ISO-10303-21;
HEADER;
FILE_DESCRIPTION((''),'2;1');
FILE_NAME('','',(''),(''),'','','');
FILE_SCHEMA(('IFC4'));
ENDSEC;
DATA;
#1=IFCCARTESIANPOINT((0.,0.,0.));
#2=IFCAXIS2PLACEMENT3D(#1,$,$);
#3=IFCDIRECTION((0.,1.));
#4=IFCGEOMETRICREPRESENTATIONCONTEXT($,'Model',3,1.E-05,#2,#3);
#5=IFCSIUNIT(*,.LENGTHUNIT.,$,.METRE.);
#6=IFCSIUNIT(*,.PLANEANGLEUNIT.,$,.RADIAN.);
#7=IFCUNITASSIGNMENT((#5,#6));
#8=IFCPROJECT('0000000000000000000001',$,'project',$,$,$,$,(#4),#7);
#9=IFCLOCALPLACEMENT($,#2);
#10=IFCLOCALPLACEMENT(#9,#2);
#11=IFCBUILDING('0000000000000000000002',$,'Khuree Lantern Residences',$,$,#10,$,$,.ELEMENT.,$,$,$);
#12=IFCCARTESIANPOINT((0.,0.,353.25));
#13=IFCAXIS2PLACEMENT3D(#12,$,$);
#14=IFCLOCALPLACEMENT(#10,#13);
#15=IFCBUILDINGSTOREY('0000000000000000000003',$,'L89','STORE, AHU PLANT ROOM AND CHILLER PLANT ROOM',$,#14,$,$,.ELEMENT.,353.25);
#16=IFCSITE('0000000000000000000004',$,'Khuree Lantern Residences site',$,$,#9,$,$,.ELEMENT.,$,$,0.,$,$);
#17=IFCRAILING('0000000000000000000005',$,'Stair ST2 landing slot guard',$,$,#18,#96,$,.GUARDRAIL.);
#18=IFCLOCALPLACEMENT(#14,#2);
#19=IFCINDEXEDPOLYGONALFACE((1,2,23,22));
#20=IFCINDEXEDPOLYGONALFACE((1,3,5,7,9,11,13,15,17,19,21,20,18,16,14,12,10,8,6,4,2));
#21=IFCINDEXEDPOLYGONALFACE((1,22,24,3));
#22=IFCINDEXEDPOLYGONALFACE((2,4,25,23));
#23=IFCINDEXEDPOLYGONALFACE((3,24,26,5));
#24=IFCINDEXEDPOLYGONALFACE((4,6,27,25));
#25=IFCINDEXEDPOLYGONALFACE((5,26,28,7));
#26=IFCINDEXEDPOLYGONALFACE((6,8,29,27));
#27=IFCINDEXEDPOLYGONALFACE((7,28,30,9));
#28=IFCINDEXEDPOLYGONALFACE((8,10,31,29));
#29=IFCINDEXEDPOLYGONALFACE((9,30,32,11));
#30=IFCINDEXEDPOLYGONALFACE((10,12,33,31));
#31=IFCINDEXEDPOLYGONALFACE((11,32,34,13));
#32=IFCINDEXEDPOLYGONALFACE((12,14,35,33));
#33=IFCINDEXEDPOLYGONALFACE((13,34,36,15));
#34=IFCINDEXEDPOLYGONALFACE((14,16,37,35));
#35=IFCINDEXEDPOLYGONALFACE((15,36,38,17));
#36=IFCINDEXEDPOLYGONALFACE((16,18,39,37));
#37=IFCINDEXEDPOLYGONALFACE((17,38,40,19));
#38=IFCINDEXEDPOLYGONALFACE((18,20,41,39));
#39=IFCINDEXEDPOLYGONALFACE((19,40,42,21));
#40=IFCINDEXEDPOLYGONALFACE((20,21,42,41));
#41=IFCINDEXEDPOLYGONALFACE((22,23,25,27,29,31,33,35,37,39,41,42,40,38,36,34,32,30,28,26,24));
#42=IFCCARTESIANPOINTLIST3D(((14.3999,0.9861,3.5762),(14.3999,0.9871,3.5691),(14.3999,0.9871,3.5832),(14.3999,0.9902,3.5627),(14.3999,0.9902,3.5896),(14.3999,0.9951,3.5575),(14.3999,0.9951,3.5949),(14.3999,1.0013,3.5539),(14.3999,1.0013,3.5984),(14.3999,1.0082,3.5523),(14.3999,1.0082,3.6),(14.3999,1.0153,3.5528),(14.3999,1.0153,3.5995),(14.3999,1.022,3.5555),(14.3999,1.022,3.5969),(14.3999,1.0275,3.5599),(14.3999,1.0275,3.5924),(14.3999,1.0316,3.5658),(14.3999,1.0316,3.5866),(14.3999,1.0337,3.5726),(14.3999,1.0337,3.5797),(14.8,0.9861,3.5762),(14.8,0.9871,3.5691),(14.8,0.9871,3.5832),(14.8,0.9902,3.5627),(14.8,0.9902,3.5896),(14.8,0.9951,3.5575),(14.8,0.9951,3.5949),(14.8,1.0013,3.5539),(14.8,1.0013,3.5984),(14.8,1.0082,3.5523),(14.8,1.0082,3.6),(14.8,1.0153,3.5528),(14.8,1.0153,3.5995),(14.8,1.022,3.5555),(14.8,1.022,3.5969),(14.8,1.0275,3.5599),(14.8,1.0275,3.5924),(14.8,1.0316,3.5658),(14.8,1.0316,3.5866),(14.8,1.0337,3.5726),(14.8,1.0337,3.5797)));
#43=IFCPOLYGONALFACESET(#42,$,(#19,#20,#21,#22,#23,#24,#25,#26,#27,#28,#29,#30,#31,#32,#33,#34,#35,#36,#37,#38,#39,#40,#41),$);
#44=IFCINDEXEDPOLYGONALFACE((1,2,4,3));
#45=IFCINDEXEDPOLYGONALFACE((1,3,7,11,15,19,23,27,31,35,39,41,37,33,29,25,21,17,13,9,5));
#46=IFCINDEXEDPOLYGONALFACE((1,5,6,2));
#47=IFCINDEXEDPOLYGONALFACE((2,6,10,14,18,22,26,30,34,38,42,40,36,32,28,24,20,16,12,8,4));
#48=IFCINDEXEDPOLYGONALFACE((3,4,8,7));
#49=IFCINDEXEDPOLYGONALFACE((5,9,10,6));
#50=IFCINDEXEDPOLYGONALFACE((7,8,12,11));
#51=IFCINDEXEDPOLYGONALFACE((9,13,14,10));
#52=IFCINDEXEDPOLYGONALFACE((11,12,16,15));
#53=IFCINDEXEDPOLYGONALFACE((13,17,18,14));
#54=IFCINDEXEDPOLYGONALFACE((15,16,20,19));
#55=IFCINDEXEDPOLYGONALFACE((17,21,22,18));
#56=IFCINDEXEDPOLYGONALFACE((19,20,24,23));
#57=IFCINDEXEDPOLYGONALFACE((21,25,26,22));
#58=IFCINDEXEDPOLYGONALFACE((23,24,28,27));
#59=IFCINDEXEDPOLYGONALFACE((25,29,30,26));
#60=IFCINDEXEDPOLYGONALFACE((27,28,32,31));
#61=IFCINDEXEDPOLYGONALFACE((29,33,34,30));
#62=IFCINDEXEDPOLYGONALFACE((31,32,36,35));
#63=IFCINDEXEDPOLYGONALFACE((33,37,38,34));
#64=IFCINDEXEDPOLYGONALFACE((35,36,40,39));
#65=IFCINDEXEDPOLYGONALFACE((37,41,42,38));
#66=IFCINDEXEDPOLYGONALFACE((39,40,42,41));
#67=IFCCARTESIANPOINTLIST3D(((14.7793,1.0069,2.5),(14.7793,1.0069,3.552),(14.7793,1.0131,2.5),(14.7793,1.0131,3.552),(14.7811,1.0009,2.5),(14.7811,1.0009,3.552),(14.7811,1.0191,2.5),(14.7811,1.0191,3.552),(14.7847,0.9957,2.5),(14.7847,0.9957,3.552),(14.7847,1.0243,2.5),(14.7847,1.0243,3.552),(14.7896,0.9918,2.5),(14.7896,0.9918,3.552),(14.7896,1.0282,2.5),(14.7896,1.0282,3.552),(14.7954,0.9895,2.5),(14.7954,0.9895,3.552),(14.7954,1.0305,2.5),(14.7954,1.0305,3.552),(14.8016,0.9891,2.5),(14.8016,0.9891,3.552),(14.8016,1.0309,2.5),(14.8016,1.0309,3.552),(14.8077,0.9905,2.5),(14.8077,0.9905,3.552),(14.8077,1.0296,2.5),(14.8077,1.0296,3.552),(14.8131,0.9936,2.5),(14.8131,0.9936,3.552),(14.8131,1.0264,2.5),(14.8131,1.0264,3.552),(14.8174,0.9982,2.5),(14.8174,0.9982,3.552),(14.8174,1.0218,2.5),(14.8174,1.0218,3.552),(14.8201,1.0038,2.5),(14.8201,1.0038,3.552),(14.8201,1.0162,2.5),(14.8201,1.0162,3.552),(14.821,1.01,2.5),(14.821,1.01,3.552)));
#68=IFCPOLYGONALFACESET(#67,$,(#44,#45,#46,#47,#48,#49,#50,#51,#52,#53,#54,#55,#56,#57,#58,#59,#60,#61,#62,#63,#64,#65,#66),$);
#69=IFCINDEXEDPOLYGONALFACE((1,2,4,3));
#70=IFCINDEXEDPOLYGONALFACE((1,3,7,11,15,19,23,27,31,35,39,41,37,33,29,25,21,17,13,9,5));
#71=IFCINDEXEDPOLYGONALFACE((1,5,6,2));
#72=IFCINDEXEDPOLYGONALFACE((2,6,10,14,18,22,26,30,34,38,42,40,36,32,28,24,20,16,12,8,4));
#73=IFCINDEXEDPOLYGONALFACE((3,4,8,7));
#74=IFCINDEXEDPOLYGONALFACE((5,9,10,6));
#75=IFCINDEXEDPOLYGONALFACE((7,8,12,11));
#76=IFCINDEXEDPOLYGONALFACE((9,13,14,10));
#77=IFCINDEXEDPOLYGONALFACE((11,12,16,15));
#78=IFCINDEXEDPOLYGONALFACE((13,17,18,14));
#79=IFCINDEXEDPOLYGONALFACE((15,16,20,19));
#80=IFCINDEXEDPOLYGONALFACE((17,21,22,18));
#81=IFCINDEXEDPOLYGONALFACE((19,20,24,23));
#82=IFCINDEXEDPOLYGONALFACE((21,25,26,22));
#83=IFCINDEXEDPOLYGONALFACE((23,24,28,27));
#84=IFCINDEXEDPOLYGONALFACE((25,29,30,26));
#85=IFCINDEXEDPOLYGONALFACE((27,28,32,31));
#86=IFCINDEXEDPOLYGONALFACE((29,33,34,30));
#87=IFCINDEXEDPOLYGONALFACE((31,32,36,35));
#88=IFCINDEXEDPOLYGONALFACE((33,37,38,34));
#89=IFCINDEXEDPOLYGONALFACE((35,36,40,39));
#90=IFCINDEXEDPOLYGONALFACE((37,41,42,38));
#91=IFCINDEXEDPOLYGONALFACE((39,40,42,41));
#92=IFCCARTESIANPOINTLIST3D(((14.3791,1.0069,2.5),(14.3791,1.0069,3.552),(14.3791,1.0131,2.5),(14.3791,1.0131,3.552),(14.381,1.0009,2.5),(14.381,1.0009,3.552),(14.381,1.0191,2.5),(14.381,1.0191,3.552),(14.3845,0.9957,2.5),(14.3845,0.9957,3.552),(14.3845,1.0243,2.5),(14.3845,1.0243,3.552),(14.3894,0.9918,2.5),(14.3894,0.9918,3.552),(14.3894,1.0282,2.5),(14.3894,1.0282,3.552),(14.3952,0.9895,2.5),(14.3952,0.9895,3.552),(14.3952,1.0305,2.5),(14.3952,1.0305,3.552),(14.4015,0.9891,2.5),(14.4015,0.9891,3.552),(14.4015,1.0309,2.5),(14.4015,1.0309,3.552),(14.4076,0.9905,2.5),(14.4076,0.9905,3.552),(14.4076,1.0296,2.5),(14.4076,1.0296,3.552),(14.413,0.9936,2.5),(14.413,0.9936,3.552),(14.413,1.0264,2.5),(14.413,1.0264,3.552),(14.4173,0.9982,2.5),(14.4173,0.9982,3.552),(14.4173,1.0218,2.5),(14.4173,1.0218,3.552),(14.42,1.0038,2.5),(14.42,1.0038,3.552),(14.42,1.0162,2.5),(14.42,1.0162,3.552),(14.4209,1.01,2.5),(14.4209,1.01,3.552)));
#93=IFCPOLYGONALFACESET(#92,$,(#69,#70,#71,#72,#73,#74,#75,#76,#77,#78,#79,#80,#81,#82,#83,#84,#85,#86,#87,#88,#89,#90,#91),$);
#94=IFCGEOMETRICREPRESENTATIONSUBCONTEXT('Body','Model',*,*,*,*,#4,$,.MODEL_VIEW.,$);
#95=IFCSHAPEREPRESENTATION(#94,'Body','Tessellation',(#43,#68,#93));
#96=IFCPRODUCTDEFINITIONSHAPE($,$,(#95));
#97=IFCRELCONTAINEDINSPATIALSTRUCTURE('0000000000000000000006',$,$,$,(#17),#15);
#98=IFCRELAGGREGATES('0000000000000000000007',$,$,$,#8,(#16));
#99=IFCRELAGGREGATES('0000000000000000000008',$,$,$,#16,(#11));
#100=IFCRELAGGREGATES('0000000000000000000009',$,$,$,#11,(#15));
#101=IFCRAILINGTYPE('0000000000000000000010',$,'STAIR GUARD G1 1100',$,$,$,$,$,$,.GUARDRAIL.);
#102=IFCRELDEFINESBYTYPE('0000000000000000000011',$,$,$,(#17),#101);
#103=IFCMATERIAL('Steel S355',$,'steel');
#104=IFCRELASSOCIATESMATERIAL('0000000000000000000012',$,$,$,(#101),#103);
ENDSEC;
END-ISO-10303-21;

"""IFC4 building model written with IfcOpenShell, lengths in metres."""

from ifc_helpers import new_model, si_unit, direction, frame, origin, origin_2d, place, context, subcontext, project, spatial, circle, extrude, material, type_object, element, save


model = new_model("IFC4")

# Units and contexts
model_context = context("Model", 3, precision=1e-05, world=origin(), true_north=direction((0.0, 1.0)))
body_context = subcontext(model_context, "Body", "Model", "MODEL_VIEW")
ifc_project = project(units=[si_unit("LENGTHUNIT", "METRE"), si_unit("PLANEANGLEUNIT", "RADIAN")], contexts=[model_context])

# Site, building, storey
site_placement = place(None, origin())
site = spatial("IfcSite", under=ifc_project, at=site_placement, Name="Khuree Lantern Residences site", CompositionType="ELEMENT", RefElevation=0.0)
building_placement = place(site_placement, origin())
building = spatial("IfcBuilding", under=site, at=building_placement, Name="Khuree Lantern Residences", CompositionType="ELEMENT")
storey_placement = place(building_placement, frame((0.0, 0.0, 353.25)))
storey = spatial("IfcBuildingStorey", under=building, at=storey_placement, Name="L89", Description="STORE, AHU PLANT ROOM AND CHILLER PLANT ROOM", CompositionType="ELEMENT", Elevation=353.25)

# Shared definitions
ifc_material_1 = material(Name="Steel S355", Category="steel")

# Railing
railing_type = type_object("IfcRailingType", Name="STAIR GUARD G1 1100", PredefinedType="GUARDRAIL", material=ifc_material_1)
railing_placement = place(storey_placement, frame((14.8, 1.01, 2.5)))
element("IfcRailing", 1, at=railing_placement, inside=storey, type_object=railing_type, Name="Stair ST2 landing slot guard", PredefinedType="GUARDRAIL", context=body_context, shape_type="SweptSolid", body=[
    extrude(circle(Radius=0.0239, at=origin_2d()), frame((0.0, 0.0, 1.0762), z_axis=(-1.0, 0.0, 0.0), x_axis=(0.0, -1.0, 0.0)), (0.0, 0.0, 1.0), 0.4001),
    extrude(circle(Radius=0.021, at=origin_2d()), origin(), (0.0, 0.0, 1.0), 1.052),
    extrude(circle(Radius=0.021, at=origin_2d()), frame((-0.4001, 0.0, 0.0)), (0.0, 0.0, 1.0), 1.052),
])

save(model, "model.ifc")
